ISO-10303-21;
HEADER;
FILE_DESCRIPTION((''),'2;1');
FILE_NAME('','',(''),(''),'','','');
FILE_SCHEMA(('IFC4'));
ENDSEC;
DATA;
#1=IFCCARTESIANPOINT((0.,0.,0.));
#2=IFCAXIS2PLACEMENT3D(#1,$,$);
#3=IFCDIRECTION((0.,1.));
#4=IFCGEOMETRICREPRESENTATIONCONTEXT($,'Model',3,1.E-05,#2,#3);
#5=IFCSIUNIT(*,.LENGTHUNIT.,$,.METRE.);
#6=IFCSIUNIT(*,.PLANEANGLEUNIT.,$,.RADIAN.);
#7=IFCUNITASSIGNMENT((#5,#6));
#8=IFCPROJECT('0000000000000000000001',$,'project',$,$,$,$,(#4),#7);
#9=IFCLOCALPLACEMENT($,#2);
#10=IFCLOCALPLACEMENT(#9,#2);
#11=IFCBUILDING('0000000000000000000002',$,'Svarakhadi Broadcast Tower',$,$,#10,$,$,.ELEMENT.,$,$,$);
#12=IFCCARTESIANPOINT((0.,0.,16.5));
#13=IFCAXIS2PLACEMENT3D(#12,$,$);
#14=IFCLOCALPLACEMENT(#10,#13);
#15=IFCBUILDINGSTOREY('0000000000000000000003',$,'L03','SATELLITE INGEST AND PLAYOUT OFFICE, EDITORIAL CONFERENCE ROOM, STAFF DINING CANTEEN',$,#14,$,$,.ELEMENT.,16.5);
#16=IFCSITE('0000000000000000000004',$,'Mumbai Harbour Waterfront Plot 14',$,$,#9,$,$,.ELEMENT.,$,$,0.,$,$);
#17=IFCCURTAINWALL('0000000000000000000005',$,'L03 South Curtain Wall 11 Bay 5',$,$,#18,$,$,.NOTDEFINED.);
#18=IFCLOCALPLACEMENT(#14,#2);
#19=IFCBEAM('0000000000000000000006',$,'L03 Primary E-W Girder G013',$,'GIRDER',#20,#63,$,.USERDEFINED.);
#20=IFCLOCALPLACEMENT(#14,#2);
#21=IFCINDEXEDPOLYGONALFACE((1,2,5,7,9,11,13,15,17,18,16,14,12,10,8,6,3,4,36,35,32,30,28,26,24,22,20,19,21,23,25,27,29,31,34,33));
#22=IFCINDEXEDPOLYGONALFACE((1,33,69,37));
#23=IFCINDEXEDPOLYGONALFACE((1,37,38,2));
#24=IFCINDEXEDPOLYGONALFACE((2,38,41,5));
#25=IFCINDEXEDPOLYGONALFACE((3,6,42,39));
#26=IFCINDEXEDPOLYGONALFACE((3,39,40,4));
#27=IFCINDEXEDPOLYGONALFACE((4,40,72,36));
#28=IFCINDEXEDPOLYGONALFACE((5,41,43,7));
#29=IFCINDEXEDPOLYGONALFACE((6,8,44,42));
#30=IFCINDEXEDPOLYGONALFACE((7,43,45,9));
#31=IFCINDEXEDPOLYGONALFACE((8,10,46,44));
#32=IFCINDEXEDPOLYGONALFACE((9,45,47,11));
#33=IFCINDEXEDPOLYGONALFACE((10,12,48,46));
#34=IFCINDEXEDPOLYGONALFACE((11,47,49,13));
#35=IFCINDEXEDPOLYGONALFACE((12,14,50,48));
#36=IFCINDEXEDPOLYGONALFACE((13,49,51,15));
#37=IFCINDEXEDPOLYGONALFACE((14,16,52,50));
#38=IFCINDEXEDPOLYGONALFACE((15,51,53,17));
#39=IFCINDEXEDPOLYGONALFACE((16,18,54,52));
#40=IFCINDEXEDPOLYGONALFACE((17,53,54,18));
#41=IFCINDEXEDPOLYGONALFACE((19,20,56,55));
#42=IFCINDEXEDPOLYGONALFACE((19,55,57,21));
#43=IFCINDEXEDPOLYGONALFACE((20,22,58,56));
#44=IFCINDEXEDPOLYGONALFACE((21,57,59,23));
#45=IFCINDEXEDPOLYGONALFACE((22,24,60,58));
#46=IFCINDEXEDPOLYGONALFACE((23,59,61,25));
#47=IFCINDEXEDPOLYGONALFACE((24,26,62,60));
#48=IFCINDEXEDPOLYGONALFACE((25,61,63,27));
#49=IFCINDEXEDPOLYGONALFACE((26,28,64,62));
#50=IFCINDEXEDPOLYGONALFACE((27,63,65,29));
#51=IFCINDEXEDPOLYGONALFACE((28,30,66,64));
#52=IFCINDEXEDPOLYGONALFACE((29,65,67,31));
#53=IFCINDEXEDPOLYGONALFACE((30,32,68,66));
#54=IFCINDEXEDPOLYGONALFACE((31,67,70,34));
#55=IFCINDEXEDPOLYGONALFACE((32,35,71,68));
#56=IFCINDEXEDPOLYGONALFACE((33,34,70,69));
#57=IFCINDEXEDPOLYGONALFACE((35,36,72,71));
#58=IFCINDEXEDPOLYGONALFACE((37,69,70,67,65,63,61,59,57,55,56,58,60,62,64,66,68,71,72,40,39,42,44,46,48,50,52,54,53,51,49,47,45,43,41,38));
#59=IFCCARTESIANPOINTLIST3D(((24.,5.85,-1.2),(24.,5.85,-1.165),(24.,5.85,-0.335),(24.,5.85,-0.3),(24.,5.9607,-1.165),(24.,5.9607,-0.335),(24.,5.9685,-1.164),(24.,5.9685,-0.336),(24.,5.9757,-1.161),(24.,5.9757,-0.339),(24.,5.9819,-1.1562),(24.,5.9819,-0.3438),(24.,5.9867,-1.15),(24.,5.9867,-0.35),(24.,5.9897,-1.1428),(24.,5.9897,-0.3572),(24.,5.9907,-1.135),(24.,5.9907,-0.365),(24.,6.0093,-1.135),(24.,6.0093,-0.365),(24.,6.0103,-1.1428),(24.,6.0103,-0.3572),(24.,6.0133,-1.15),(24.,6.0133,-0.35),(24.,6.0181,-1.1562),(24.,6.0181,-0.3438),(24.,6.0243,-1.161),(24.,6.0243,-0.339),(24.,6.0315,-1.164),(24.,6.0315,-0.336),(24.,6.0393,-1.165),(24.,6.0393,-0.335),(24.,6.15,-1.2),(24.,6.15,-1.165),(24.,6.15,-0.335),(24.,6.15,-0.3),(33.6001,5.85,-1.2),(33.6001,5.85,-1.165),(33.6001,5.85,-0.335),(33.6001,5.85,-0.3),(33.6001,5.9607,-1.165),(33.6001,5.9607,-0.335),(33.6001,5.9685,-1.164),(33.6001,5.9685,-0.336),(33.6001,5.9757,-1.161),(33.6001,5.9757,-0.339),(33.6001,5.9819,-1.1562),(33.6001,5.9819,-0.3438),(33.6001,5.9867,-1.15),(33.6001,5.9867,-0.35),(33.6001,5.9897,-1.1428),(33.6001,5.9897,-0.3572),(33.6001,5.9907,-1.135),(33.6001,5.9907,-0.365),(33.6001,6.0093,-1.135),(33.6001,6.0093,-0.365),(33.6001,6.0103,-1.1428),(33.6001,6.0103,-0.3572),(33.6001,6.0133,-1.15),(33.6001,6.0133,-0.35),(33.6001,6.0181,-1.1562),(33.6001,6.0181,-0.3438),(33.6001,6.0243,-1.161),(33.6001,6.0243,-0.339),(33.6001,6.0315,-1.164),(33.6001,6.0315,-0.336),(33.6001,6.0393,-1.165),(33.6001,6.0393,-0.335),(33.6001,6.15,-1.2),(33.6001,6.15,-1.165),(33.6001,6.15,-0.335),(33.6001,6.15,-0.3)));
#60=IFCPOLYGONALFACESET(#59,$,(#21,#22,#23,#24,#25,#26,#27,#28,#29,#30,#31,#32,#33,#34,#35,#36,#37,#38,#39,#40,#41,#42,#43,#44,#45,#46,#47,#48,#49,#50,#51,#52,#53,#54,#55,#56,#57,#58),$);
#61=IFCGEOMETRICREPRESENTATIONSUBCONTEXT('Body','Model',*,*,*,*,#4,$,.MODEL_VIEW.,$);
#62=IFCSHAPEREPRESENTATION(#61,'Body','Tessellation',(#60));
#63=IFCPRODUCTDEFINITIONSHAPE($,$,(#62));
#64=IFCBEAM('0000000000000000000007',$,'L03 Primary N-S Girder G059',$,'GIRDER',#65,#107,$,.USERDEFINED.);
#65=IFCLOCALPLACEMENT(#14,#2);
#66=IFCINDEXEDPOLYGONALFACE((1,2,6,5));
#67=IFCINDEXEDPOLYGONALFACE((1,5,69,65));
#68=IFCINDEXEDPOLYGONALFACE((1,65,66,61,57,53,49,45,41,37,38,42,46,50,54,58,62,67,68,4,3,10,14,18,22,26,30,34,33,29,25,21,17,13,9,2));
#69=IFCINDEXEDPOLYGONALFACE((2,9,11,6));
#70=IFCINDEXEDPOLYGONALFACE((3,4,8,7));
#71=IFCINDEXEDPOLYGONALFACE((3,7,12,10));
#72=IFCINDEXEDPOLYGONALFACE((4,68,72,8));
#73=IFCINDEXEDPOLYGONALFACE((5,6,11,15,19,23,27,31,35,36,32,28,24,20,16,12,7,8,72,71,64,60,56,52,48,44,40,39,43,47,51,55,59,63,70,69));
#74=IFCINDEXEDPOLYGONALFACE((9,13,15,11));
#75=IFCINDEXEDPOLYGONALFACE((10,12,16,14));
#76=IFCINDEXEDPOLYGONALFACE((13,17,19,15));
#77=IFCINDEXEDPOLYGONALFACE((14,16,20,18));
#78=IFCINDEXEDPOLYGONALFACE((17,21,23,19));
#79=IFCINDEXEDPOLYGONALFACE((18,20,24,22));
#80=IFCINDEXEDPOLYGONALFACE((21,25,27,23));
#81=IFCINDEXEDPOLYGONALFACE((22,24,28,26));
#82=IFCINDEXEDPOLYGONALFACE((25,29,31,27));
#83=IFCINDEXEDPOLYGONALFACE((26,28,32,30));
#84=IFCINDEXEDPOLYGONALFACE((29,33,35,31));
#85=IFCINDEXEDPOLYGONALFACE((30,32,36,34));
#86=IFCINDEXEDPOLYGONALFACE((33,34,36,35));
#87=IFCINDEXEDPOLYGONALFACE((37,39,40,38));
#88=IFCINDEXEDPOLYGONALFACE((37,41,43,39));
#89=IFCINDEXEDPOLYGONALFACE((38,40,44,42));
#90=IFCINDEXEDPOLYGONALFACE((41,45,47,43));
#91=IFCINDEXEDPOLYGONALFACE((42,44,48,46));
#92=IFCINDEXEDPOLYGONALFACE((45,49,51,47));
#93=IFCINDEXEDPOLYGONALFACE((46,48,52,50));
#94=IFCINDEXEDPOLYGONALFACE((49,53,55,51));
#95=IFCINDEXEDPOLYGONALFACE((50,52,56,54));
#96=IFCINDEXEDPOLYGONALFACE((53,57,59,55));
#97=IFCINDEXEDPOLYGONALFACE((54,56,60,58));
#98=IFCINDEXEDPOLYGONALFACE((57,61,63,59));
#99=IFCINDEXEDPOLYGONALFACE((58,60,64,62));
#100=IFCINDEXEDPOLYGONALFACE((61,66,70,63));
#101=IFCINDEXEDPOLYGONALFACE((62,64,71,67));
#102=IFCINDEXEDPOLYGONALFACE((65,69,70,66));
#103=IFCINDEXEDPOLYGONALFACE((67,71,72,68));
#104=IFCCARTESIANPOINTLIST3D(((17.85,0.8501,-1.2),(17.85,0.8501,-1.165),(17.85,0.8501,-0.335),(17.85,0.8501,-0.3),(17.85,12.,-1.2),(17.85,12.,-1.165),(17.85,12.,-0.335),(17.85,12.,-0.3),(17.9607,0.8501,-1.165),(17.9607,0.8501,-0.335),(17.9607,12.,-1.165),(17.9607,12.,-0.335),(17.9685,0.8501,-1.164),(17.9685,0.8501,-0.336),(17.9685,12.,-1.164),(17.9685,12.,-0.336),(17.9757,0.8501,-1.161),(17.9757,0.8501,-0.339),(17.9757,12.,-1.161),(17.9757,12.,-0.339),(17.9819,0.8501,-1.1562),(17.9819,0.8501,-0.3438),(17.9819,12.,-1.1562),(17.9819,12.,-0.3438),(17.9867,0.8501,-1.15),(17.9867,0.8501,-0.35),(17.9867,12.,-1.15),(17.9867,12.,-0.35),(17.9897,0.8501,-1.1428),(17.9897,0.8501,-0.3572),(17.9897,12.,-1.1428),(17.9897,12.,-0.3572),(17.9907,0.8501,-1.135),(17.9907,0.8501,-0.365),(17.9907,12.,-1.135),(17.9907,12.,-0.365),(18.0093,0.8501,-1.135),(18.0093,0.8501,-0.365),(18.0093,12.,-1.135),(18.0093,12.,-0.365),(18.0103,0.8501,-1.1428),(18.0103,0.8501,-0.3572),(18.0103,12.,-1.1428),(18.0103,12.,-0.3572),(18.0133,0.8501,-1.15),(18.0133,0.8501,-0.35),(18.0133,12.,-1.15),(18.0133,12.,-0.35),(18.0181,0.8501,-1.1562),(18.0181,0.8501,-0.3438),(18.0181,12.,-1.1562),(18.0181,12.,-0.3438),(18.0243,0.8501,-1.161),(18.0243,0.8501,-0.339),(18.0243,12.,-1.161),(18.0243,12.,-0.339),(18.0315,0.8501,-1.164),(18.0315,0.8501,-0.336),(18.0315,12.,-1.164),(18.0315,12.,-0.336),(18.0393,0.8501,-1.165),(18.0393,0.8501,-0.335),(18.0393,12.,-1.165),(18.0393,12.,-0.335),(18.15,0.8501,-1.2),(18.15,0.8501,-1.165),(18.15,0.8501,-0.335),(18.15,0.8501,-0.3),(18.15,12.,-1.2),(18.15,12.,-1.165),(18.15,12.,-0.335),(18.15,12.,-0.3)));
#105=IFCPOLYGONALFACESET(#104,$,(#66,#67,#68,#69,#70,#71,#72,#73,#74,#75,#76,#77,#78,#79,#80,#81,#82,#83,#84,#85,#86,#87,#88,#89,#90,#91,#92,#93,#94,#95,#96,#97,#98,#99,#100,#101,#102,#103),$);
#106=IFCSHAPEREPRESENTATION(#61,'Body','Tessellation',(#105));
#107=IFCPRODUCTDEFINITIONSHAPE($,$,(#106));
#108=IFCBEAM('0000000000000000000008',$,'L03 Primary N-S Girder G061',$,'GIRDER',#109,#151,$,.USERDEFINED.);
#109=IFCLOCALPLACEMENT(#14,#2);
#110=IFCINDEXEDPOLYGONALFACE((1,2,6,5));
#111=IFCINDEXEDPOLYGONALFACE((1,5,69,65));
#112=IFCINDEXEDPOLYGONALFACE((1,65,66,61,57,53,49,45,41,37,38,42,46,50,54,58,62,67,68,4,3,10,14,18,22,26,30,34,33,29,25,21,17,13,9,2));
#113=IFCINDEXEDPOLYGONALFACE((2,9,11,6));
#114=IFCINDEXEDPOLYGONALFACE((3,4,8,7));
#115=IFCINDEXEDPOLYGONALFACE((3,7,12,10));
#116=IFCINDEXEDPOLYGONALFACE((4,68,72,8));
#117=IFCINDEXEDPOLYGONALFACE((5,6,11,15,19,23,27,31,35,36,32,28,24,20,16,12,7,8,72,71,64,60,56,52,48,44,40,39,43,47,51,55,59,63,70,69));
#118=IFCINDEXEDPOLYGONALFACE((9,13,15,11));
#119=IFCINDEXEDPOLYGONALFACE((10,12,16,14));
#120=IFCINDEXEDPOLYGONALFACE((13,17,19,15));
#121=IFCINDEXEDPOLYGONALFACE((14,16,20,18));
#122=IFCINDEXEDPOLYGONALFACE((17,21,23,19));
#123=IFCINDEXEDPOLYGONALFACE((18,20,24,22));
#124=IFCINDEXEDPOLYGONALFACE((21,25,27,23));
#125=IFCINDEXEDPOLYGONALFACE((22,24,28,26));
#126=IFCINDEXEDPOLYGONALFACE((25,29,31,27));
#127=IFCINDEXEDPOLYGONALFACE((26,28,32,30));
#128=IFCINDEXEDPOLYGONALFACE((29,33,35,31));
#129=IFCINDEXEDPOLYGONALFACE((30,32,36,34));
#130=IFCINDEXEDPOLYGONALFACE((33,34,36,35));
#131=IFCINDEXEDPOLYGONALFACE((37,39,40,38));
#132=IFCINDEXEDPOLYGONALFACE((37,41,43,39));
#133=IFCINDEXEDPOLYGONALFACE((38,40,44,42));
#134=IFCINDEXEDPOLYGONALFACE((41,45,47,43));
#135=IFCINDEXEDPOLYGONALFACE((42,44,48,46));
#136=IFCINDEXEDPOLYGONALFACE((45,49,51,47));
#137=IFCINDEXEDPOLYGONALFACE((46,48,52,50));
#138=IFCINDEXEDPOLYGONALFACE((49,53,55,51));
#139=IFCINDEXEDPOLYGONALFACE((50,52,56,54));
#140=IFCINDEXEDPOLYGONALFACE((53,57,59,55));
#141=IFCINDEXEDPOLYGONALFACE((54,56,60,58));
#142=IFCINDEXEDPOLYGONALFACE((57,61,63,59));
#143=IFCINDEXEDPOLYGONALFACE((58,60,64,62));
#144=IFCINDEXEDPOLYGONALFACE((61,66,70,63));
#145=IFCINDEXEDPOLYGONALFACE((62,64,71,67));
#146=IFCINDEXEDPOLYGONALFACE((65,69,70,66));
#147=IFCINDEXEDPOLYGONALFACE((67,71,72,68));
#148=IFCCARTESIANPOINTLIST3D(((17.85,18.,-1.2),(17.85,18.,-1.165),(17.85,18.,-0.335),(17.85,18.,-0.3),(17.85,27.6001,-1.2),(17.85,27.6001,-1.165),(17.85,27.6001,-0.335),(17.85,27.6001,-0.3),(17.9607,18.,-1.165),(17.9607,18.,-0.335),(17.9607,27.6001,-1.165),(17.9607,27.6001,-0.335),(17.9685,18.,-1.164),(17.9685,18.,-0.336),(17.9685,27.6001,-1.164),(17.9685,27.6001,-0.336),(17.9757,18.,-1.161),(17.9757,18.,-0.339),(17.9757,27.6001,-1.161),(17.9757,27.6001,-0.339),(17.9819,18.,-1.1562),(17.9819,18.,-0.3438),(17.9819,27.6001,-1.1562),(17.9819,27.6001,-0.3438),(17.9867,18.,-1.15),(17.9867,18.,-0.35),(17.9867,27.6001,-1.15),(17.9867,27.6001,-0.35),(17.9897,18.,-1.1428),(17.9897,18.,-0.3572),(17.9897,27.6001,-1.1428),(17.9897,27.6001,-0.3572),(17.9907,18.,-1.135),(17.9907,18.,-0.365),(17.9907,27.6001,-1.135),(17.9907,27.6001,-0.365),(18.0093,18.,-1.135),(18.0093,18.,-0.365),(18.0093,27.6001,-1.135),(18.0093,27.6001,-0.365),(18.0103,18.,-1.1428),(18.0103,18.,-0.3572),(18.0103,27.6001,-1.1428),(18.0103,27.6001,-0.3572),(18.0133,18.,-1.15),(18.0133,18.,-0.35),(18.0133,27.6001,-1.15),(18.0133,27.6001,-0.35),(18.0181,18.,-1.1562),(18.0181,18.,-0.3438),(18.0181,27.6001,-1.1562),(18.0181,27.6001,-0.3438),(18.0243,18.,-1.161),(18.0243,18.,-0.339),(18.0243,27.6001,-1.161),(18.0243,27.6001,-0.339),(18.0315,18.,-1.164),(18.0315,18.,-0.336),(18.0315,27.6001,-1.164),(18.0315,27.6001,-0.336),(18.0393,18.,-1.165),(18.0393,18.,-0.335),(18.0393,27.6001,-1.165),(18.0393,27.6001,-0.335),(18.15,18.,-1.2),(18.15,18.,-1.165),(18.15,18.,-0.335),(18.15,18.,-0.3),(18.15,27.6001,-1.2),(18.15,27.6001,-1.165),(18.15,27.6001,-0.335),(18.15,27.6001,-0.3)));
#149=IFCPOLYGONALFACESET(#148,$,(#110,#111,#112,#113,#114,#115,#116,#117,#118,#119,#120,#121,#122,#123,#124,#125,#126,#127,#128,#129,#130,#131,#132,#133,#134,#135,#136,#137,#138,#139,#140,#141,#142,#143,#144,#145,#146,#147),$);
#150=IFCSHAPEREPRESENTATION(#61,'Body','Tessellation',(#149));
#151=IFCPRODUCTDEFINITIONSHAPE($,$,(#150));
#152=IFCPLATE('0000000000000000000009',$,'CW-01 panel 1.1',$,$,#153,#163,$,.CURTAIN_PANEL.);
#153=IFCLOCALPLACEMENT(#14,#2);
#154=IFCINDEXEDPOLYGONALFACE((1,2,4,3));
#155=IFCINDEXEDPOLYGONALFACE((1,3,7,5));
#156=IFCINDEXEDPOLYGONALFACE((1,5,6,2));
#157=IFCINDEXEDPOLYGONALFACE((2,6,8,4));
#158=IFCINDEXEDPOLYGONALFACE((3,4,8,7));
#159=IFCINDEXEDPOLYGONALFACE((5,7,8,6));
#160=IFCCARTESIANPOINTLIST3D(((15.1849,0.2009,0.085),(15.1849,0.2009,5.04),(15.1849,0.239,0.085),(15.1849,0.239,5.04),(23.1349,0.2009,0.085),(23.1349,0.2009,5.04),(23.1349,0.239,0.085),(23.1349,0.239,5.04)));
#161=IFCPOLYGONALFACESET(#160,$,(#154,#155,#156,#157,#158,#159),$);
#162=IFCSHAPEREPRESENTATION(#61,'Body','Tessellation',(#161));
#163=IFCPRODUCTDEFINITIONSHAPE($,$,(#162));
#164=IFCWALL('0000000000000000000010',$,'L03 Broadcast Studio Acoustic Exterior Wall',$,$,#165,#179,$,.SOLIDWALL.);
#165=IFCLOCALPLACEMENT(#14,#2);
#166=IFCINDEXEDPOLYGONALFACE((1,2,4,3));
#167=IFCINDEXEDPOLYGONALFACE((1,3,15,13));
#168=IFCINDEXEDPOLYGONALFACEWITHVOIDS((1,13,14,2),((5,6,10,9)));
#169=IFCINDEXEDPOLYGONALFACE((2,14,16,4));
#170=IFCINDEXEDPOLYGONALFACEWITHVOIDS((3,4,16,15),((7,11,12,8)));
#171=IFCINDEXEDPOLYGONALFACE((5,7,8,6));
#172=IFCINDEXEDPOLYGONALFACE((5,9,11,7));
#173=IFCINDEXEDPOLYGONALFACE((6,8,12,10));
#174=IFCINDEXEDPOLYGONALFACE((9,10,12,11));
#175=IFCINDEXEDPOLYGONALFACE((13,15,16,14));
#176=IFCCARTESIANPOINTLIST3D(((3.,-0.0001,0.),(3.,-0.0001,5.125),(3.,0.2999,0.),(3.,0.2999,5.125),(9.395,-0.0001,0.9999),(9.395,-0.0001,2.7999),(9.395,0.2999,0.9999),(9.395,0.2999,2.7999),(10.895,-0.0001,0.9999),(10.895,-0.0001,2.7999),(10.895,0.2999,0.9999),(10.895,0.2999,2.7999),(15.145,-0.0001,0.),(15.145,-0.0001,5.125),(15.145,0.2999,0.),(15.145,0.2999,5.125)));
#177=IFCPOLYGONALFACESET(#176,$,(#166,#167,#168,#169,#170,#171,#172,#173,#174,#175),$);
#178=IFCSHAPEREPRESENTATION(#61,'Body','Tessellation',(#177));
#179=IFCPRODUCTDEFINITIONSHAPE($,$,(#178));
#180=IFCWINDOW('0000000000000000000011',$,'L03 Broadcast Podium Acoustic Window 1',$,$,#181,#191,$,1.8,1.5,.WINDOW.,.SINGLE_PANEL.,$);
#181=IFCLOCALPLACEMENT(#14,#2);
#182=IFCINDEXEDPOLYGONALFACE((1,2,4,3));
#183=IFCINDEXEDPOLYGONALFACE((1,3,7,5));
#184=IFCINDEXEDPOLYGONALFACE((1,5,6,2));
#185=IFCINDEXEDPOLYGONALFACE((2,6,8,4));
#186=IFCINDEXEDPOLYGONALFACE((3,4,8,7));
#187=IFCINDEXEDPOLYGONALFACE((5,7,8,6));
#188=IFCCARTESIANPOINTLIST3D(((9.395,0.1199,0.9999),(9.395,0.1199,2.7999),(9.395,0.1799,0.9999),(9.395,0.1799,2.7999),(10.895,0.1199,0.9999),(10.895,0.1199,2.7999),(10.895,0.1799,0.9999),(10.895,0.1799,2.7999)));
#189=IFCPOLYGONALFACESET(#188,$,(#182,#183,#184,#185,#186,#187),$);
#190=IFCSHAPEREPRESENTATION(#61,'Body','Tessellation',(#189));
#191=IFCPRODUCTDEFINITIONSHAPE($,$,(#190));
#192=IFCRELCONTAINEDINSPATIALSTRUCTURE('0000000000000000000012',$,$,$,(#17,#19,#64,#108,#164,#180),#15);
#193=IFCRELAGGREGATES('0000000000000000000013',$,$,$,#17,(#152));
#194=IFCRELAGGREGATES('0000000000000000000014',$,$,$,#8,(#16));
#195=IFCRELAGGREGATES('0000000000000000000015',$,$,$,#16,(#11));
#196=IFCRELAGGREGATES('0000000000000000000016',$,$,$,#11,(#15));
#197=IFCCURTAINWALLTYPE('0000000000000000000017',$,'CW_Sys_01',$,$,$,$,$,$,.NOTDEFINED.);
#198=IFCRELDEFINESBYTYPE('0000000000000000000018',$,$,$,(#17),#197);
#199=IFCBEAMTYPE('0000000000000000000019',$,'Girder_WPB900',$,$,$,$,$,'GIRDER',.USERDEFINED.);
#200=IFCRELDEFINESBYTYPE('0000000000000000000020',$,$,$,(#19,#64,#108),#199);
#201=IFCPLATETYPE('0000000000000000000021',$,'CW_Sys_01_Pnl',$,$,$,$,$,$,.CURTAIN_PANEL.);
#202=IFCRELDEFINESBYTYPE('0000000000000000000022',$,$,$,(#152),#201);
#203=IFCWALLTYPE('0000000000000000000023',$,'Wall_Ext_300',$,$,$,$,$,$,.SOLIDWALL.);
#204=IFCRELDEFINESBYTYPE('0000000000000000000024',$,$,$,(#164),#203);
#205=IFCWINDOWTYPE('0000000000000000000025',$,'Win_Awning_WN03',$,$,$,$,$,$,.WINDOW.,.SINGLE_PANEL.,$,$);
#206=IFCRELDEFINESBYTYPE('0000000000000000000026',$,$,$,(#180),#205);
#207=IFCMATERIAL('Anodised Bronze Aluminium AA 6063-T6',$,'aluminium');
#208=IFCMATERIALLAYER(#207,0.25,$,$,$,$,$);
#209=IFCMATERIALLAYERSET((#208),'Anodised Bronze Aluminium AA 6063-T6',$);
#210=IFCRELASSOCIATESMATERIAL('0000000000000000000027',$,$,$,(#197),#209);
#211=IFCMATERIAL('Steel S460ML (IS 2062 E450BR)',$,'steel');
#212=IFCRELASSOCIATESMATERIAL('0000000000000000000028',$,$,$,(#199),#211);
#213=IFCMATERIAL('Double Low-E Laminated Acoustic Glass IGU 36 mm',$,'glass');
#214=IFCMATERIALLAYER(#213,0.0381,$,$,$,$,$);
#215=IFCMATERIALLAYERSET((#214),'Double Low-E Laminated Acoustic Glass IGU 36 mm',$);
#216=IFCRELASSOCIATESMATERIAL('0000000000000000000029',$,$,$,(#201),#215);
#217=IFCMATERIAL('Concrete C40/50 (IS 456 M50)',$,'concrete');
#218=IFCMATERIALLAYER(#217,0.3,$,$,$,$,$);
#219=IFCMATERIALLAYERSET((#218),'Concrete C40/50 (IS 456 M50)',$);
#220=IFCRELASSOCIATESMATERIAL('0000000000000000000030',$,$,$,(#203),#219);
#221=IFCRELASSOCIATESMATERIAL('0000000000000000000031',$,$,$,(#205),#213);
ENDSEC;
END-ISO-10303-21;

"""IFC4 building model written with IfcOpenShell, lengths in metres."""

from ifc_helpers import new_model, si_unit, direction, frame, frame_2d, origin, origin_2d, place, context, subcontext, project, spatial, rectangle, i_section, extrude, material, layer, layer_set, material_profile, profile_set, type_object, element, fill, aggregate, save


model = new_model("IFC4")

# Units and contexts
model_context = context("Model", 3, precision=1e-05, world=origin(), true_north=direction((0.0, 1.0)))
body_context = subcontext(model_context, "Body", "Model", "MODEL_VIEW")
ifc_project = project(units=[si_unit("LENGTHUNIT", "METRE"), si_unit("PLANEANGLEUNIT", "RADIAN")], contexts=[model_context])

# Site, building, storey
site_placement = place(None, origin())
site = spatial("IfcSite", under=ifc_project, at=site_placement, Name="Mumbai Harbour Waterfront Plot 14", CompositionType="ELEMENT", RefElevation=0.0)
building_placement = place(site_placement, origin())
building = spatial("IfcBuilding", under=site, at=building_placement, Name="Svarakhadi Broadcast Tower", CompositionType="ELEMENT")
storey_placement = place(building_placement, frame((0.0, 0.0, 16.5)))
storey = spatial("IfcBuildingStorey", under=building, at=storey_placement, Name="L03", Description="SATELLITE INGEST AND PLAYOUT OFFICE, EDITORIAL CONFERENCE ROOM, STAFF DINING CANTEEN", CompositionType="ELEMENT", Elevation=16.5)

# Shared definitions
ifc_material_1 = material(Name="Steel S460ML (IS 2062 E450BR)", Category="steel")

# Curtain wall
ifc_material_2 = material(Name="Anodised Bronze Aluminium AA 6063-T6", Category="aluminium")
ifc_layer_1 = layer(ifc_material_2, 0.25)
ifc_layer_set_1 = layer_set([ifc_layer_1], Name="Anodised Bronze Aluminium AA 6063-T6")
curtain_wall_type = type_object("IfcCurtainWallType", Name="CW_Sys_01", PredefinedType="NOTDEFINED", material=ifc_layer_set_1)
curtain_wall_placement = place(storey_placement, origin())
curtain_wall = element("IfcCurtainWall", 1, at=curtain_wall_placement, inside=storey, type_object=curtain_wall_type, Name="L03 South Curtain Wall 11 Bay 5", PredefinedType="NOTDEFINED")

# Beams
ifc_material_profile_1 = material_profile(ifc_material_1, i_section(OverallWidth=0.3, OverallDepth=0.8999, WebThickness=0.0186, FlangeThickness=0.0349, FilletRadius=0.03, at=origin_2d()), Name="WPB 900x300x291")
ifc_profile_set_1 = profile_set([ifc_material_profile_1], Name="Steel S460ML (IS 2062 E450BR)")
beam_type_1 = type_object("IfcBeamType", Name="Girder_WPB900", ElementType="GIRDER", PredefinedType="USERDEFINED", material=ifc_profile_set_1)
beam_1_placement = place(storey_placement, frame((24.0, 6.0, -0.75), z_axis=(1.0, 0.0, 0.0), x_axis=(0.0, 1.0, 0.0)))
element("IfcBeam", 2, at=beam_1_placement, inside=storey, type_object=beam_type_1, Name="L03 Primary E-W Girder G013", ObjectType="GIRDER", PredefinedType="USERDEFINED", context=body_context, shape_type="SweptSolid", body=[
    extrude(i_section(OverallWidth=0.3, OverallDepth=0.8999, WebThickness=0.0186, FlangeThickness=0.0349, FilletRadius=0.03, at=origin_2d()), origin(), (0.0, 0.0, 1.0), 9.6001),
])
beam_2_placement = place(storey_placement, frame((18.0, 0.8501, -0.75), z_axis=(0.0, 1.0, 0.0), x_axis=(-1.0, 0.0, 0.0)))
element("IfcBeam", 3, at=beam_2_placement, inside=storey, type_object=beam_type_1, Name="L03 Primary N-S Girder G059", ObjectType="GIRDER", PredefinedType="USERDEFINED", context=body_context, shape_type="SweptSolid", body=[
    extrude(i_section(OverallWidth=0.3, OverallDepth=0.8999, WebThickness=0.0186, FlangeThickness=0.0349, FilletRadius=0.03, at=origin_2d()), origin(), (0.0, 0.0, 1.0), 11.1499),
])
beam_3_placement = place(storey_placement, frame((18.0, 18.0, -0.75), z_axis=(0.0, 1.0, 0.0), x_axis=(-1.0, 0.0, 0.0)))
element("IfcBeam", 4, at=beam_3_placement, inside=storey, type_object=beam_type_1, Name="L03 Primary N-S Girder G061", ObjectType="GIRDER", PredefinedType="USERDEFINED", context=body_context, shape_type="SweptSolid", body=[
    extrude(i_section(OverallWidth=0.3, OverallDepth=0.8999, WebThickness=0.0186, FlangeThickness=0.0349, FilletRadius=0.03, at=origin_2d()), origin(), (0.0, 0.0, 1.0), 9.6001),
])

# Plate
ifc_material_3 = material(Name="Double Low-E Laminated Acoustic Glass IGU 36 mm", Category="glass")
ifc_layer_2 = layer(ifc_material_3, 0.0381)
ifc_layer_set_2 = layer_set([ifc_layer_2], Name="Double Low-E Laminated Acoustic Glass IGU 36 mm")
plate_type = type_object("IfcPlateType", Name="CW_Sys_01_Pnl", PredefinedType="CURTAIN_PANEL", material=ifc_layer_set_2)
plate_placement = place(storey_placement, frame((19.1599, 0.22, 0.085), z_axis=(0.0, 0.0, 1.0), x_axis=(-1.0, 0.0, 0.0)))
plate = element("IfcPlate", 5, at=plate_placement, type_object=plate_type, Name="CW-01 panel 1.1", PredefinedType="CURTAIN_PANEL", context=body_context, shape_type="SweptSolid", body=[
    extrude(rectangle(XDim=7.95, YDim=0.0381, at=origin_2d()), origin(), (0.0, 0.0, 1.0), 4.9551),
])
aggregate(curtain_wall, [plate])

# Wall, opening, window
ifc_material_4 = material(Name="Concrete C40/50 (IS 456 M50)", Category="concrete")
ifc_layer_3 = layer(ifc_material_4, 0.3)
ifc_layer_set_3 = layer_set([ifc_layer_3], Name="Concrete C40/50 (IS 456 M50)")
wall_type_1 = type_object("IfcWallType", Name="Wall_Ext_300", PredefinedType="SOLIDWALL", material=ifc_layer_set_3)
wall_1_placement = place(storey_placement, frame((15.145, 0.1499, 0.0), z_axis=(0.0, 0.0, 1.0), x_axis=(-1.0, 0.0, 0.0)))
wall_1 = element("IfcWall", 6, at=wall_1_placement, inside=storey, type_object=wall_type_1, Name="L03 Broadcast Studio Acoustic Exterior Wall", PredefinedType="SOLIDWALL", context=body_context, shape_type="SweptSolid", body=[
    extrude(rectangle(XDim=12.145, YDim=0.3, at=frame_2d((6.0725, 0.0))), origin(), (0.0, 0.0, 1.0), 5.125),
])
opening_1_placement = place(wall_1_placement, frame((4.25, 0.0, 1.0)))
opening_1 = element("IfcOpeningElement", 7, at=opening_1_placement, cuts=wall_1, PredefinedType="OPENING", context=body_context, shape_type="SweptSolid", body=[
    extrude(rectangle(XDim=1.5, YDim=1.8, at=frame_2d((0.75, 0.8999))), frame((0.0, 0.1599, 0.0), z_axis=(0.0, -1.0, 0.0), x_axis=(1.0, 0.0, 0.0)), (0.0, 0.0, 1.0), 0.3201),
])
window_type = type_object("IfcWindowType", Name="Win_Awning_WN03", PartitioningType="SINGLE_PANEL", PredefinedType="WINDOW", material=ifc_material_3)
window_placement = place(opening_1_placement, origin())
window = element("IfcWindow", 8, at=window_placement, inside=storey, type_object=window_type, Name="L03 Broadcast Podium Acoustic Window 1", OverallHeight=1.8, OverallWidth=1.5, PartitioningType="SINGLE_PANEL", PredefinedType="WINDOW", context=body_context, shape_type="SweptSolid", body=[
    extrude(rectangle(XDim=1.5, YDim=1.8, at=frame_2d((0.75, 0.8999))), frame((0.0, 0.03, 0.0), z_axis=(0.0, -1.0, 0.0), x_axis=(1.0, 0.0, 0.0)), (0.0, 0.0, 1.0), 0.0601),
])
fill(opening_1, window)

save(model, "model.ifc")
